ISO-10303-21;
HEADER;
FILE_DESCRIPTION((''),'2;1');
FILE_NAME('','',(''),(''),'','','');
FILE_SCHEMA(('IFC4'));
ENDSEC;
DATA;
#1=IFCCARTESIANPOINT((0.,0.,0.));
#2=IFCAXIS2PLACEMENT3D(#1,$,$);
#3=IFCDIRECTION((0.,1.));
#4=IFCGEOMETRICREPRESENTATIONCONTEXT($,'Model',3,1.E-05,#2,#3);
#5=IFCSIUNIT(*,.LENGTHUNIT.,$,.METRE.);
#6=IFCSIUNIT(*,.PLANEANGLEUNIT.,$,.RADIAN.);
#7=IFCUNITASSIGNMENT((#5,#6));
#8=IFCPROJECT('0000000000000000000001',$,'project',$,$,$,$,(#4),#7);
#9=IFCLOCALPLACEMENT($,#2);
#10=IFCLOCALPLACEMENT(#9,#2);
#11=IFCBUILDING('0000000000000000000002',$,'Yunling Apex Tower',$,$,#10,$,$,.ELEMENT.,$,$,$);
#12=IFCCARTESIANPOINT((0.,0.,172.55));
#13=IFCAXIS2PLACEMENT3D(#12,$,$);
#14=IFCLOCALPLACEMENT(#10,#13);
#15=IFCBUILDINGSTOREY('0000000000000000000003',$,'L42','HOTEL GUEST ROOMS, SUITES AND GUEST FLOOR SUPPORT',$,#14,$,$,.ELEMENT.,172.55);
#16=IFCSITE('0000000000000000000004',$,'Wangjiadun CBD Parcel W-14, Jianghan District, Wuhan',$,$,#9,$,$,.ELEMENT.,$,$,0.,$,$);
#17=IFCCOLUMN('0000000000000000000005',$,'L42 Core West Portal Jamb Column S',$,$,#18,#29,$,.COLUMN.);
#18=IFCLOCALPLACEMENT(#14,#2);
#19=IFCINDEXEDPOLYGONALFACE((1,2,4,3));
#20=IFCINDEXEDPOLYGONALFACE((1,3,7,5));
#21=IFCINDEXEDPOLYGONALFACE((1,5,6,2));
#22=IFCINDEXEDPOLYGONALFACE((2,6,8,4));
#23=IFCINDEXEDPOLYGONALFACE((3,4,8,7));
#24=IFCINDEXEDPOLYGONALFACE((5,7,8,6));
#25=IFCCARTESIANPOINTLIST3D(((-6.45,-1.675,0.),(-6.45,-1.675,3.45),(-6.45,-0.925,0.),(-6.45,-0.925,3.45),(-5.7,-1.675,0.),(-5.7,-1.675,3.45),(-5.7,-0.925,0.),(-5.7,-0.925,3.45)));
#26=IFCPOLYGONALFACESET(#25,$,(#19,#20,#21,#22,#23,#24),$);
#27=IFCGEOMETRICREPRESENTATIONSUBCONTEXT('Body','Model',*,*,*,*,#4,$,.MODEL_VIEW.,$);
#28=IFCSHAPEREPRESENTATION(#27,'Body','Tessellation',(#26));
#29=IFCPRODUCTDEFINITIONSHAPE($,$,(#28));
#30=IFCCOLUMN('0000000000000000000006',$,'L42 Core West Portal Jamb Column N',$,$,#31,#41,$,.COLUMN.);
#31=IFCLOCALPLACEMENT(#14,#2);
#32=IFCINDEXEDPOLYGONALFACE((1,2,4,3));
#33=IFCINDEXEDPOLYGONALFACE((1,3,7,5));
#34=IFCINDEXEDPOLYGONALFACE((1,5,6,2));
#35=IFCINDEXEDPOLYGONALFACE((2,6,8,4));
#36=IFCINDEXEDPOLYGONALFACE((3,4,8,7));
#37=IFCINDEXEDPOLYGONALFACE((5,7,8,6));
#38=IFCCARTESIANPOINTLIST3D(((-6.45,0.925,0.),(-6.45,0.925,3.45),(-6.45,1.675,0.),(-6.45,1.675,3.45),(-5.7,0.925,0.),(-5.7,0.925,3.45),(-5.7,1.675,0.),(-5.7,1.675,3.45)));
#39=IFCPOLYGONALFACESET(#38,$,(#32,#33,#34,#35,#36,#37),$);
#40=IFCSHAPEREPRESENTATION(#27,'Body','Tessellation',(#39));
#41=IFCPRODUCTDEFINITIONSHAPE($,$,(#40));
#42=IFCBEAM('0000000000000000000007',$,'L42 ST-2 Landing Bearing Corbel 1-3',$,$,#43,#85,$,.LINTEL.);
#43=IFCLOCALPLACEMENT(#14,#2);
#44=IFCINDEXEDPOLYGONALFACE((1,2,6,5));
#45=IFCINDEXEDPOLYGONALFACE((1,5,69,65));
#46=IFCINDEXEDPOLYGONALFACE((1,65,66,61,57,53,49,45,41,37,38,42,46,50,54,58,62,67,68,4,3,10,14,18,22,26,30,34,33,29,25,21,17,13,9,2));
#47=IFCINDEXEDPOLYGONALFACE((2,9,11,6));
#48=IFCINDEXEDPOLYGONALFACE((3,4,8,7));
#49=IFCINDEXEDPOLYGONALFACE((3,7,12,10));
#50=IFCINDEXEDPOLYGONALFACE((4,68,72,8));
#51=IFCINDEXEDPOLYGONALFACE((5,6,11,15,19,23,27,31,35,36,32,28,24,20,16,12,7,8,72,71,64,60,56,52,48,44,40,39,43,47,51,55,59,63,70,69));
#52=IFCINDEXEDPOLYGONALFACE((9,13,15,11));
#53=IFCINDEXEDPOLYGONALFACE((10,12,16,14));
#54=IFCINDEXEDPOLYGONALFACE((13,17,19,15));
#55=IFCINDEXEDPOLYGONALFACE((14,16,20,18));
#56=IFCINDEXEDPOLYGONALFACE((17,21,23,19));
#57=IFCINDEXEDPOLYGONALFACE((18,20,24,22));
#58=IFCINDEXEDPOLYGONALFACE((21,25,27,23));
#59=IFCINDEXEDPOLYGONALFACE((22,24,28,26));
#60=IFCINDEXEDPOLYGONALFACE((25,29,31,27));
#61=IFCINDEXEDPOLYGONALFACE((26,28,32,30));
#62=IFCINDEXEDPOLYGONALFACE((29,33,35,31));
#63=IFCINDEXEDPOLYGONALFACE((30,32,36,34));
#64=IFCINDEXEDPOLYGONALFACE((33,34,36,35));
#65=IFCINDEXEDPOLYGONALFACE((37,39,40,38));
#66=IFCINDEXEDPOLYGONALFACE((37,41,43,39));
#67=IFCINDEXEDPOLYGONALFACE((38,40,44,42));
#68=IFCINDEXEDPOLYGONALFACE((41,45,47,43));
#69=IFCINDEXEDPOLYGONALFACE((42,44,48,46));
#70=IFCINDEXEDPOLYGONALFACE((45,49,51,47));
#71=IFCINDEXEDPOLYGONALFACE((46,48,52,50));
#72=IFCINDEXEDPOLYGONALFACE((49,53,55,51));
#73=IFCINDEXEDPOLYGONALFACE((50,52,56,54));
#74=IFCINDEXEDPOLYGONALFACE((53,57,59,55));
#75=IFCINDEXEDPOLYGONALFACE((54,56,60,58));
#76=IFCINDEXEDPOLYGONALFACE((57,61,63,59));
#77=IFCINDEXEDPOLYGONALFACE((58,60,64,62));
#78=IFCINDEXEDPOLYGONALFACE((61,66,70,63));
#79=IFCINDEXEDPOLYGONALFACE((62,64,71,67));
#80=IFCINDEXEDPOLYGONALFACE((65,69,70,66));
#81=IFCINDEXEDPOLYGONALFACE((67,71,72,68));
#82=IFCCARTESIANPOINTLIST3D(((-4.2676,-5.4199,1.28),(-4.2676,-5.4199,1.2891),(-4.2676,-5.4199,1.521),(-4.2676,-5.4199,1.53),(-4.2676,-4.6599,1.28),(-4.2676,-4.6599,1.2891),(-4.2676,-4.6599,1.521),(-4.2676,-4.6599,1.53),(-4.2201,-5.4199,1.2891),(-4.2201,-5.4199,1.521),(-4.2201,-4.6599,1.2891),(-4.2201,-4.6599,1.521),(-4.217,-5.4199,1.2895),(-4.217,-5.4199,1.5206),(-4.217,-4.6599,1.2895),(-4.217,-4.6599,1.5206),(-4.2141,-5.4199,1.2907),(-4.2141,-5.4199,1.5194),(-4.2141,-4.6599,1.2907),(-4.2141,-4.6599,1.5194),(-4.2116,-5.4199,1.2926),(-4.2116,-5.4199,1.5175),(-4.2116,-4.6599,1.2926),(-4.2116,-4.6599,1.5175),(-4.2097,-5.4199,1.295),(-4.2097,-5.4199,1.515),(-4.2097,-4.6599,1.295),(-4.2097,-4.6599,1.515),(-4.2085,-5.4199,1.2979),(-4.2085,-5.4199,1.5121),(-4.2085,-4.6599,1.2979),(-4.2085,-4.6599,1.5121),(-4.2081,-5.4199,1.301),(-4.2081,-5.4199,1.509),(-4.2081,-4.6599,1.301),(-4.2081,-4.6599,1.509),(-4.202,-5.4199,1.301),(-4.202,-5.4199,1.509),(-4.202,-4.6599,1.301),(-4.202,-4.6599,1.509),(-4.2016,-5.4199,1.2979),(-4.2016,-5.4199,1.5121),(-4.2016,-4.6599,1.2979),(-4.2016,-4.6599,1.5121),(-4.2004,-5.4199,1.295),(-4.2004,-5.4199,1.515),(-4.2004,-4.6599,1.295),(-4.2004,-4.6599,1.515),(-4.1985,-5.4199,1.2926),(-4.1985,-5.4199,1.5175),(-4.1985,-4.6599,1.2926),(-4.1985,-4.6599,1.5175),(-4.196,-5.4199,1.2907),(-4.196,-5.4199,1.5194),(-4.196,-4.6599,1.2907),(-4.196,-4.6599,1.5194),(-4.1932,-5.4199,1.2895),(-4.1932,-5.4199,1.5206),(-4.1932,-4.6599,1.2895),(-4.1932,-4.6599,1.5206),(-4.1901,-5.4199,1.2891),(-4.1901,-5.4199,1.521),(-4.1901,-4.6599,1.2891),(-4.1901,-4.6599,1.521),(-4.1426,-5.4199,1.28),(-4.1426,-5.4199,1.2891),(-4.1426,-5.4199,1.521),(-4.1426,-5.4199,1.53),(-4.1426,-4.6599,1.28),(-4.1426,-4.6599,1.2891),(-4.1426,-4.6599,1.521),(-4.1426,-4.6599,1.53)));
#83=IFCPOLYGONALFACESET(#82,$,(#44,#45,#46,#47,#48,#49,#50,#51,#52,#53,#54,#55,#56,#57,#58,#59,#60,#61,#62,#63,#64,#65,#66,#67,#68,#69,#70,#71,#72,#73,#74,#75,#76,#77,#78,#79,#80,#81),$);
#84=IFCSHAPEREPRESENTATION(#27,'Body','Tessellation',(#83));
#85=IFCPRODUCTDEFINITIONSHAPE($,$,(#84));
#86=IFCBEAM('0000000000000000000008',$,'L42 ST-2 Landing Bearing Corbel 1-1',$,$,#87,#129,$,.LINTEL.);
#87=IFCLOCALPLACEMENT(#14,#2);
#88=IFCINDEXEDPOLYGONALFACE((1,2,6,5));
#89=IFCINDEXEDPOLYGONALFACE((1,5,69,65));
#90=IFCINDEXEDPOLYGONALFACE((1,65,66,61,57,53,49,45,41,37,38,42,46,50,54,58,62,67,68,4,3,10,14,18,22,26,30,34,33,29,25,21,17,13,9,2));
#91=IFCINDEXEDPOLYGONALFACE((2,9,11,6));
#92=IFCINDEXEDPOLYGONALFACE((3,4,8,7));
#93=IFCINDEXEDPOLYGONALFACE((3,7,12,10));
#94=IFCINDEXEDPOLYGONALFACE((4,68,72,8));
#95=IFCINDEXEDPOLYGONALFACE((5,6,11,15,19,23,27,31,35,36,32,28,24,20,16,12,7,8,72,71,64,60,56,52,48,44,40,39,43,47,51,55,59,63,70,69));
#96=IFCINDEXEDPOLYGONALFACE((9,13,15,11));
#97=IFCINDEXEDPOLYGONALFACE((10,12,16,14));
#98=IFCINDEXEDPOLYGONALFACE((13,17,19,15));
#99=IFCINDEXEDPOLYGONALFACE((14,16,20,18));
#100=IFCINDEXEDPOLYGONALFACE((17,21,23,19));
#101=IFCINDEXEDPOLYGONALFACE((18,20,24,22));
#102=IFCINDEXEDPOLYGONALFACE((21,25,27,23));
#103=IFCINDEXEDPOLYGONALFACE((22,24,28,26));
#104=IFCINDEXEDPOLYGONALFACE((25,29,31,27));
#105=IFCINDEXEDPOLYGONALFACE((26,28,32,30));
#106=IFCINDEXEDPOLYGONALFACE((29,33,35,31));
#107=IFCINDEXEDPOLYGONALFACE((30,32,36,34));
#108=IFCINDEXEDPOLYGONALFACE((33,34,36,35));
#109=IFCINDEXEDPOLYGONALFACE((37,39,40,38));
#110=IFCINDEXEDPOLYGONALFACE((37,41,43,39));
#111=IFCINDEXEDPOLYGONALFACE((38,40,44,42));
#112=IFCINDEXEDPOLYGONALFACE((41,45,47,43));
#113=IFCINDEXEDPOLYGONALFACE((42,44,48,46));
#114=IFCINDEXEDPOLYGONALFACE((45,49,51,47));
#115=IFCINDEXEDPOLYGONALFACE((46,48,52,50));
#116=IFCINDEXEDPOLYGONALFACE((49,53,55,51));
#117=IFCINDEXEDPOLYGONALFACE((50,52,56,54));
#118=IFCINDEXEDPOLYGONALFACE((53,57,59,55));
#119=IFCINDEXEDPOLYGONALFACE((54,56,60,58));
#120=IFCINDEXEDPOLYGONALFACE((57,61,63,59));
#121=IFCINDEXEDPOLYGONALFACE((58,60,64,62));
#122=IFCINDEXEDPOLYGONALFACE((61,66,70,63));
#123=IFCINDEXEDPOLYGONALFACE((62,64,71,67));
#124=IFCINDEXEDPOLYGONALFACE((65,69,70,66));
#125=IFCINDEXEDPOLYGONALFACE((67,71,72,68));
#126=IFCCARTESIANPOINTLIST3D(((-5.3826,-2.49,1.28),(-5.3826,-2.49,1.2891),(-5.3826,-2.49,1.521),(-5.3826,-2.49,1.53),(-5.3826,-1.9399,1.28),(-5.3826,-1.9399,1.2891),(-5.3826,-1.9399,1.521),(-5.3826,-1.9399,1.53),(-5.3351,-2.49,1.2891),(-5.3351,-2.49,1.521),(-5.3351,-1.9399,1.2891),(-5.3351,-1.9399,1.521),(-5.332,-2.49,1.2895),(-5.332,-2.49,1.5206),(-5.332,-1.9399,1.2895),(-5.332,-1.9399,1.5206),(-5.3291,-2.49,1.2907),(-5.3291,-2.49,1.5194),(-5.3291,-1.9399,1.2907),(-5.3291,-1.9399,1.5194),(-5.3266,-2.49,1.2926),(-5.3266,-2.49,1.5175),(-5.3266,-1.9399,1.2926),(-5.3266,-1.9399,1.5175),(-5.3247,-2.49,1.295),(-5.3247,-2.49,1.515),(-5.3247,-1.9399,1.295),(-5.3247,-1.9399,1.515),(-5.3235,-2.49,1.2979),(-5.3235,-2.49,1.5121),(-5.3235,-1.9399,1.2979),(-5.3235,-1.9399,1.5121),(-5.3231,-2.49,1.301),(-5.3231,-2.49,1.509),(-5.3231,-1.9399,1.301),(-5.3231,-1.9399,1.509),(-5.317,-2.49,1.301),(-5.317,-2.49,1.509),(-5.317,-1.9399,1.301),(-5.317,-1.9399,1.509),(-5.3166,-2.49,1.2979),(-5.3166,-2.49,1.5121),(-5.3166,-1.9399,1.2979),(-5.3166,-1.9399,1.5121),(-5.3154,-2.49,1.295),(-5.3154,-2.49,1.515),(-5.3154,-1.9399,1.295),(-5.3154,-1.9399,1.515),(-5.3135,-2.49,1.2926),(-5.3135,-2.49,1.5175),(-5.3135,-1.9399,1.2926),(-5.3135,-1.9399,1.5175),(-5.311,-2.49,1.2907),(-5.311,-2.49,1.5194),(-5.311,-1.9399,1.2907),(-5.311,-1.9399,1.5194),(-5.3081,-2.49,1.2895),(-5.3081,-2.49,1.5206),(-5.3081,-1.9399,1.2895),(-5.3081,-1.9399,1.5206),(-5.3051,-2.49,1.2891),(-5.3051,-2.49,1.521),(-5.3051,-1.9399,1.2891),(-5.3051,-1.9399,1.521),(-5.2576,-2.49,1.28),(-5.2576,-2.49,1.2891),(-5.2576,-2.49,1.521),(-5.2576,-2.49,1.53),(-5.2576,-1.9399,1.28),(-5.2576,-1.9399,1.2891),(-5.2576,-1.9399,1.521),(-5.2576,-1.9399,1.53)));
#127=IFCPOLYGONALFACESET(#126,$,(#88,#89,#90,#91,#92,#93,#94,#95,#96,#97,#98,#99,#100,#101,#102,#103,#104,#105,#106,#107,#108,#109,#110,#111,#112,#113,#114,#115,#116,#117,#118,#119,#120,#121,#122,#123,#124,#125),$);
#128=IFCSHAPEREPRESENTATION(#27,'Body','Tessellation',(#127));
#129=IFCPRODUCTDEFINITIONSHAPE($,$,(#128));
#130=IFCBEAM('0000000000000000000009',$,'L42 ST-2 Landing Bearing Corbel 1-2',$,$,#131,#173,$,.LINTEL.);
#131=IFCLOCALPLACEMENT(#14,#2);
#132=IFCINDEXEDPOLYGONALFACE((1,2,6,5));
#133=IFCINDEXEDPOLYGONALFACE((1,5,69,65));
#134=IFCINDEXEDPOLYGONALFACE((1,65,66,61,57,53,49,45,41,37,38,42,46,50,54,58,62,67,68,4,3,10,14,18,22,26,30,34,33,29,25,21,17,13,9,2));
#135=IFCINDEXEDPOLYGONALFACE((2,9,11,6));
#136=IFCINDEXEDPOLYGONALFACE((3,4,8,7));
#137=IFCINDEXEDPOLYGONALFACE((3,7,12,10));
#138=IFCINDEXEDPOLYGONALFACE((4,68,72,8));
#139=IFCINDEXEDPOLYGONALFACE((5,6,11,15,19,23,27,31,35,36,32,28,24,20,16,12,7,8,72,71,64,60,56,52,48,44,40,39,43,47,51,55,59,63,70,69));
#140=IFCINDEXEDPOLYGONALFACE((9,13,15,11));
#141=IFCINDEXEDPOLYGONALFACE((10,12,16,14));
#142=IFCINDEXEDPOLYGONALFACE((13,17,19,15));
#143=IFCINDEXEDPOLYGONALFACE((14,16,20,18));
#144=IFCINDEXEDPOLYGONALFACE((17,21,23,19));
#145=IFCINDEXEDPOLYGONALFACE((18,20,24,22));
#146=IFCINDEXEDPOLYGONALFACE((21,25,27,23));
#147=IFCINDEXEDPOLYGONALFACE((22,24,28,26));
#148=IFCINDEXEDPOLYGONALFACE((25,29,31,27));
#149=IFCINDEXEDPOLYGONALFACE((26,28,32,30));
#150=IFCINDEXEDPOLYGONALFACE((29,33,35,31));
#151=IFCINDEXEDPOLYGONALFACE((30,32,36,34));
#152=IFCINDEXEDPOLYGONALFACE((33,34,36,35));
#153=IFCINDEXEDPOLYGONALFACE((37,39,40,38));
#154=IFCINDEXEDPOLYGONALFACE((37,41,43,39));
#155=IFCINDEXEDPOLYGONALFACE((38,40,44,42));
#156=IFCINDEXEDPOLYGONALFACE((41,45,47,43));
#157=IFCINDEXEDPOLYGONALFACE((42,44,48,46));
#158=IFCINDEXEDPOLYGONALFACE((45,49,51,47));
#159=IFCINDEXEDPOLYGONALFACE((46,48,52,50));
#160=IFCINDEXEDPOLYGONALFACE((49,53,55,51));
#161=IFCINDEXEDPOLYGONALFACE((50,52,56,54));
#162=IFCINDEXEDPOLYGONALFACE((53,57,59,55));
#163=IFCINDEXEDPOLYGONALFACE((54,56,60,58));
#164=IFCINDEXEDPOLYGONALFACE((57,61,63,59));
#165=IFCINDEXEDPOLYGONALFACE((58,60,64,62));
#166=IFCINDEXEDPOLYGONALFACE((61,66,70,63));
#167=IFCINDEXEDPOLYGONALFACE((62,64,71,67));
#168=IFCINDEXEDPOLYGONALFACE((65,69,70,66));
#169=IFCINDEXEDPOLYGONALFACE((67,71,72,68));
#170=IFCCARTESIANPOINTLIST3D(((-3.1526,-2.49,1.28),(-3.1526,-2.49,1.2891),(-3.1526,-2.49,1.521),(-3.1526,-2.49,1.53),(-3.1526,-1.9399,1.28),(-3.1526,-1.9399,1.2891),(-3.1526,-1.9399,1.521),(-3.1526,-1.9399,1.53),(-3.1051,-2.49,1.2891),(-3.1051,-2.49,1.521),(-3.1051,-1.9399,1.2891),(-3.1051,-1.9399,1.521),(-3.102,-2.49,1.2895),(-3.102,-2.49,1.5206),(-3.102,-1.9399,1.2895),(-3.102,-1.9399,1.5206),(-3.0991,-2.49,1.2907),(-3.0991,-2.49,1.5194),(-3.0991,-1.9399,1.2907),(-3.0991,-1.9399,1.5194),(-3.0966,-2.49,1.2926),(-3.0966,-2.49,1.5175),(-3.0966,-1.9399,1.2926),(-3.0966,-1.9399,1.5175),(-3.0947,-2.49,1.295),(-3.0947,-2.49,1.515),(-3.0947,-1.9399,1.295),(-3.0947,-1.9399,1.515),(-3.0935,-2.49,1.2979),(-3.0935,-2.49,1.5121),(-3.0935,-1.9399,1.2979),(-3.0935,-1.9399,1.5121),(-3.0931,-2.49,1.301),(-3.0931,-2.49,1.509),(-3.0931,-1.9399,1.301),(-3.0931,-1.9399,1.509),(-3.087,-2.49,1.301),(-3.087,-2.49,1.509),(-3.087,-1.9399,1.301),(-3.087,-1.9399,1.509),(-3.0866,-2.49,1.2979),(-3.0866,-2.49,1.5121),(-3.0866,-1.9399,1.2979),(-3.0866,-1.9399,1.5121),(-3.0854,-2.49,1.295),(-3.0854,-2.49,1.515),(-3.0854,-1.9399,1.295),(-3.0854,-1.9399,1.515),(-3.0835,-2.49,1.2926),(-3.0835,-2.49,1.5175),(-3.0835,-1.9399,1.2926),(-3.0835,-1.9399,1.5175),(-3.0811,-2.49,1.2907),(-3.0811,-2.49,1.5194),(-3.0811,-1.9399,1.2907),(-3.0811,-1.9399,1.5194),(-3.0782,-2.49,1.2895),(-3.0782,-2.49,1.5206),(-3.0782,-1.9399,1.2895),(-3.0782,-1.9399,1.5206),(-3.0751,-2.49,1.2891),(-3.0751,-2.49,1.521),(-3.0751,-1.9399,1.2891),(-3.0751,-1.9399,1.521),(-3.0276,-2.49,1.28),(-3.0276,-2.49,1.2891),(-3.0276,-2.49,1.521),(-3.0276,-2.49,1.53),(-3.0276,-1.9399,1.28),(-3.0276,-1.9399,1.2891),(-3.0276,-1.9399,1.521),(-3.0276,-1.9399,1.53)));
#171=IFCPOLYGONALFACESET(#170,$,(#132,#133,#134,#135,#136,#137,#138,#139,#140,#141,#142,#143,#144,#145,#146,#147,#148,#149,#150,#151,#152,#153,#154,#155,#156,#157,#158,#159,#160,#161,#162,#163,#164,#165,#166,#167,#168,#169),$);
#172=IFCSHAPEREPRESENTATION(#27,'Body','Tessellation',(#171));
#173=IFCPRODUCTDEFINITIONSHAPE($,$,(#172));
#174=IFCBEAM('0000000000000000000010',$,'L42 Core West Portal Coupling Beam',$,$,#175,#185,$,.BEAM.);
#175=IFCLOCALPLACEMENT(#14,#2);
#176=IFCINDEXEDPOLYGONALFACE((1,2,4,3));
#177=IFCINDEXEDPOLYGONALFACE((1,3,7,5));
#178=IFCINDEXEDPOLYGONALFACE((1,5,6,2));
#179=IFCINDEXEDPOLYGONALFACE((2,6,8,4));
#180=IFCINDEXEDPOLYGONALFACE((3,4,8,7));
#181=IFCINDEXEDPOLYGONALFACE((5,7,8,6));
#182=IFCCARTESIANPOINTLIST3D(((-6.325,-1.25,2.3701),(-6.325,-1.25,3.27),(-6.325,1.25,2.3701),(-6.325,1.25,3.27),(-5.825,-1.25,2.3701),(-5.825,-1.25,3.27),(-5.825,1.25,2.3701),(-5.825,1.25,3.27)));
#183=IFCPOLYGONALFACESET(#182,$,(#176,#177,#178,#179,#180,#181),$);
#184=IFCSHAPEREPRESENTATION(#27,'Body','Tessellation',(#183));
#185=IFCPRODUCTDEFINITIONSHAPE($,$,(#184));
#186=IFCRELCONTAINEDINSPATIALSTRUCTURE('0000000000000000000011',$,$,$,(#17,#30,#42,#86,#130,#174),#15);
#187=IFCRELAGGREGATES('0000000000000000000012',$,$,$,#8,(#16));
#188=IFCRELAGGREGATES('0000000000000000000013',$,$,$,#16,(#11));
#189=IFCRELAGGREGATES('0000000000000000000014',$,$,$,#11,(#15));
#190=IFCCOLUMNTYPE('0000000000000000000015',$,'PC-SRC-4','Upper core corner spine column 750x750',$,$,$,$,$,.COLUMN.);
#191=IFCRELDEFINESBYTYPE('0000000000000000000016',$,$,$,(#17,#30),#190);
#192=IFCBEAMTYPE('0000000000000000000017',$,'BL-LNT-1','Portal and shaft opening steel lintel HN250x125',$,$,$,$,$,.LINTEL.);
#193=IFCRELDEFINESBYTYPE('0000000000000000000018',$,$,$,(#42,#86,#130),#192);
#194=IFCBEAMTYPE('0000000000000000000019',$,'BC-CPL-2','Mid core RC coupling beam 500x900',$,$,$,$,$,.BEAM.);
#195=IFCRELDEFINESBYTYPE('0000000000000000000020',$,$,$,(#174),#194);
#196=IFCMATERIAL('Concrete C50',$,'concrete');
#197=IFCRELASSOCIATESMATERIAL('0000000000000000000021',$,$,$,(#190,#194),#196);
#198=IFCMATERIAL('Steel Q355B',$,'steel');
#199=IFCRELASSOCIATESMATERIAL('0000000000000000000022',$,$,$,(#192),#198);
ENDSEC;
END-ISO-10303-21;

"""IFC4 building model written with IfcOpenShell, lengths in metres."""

from ifc_helpers import new_model, si_unit, direction, frame, origin, origin_2d, place, context, subcontext, project, spatial, rectangle, i_section, extrude, source, transform, mapped, material, material_profile, profile_set, type_object, element, save


model = new_model("IFC4")

# Units and contexts
model_context = context("Model", 3, precision=1e-05, world=origin(), true_north=direction((0.0, 1.0)))
body_context = subcontext(model_context, "Body", "Model", "MODEL_VIEW")
ifc_project = project(units=[si_unit("LENGTHUNIT", "METRE"), si_unit("PLANEANGLEUNIT", "RADIAN")], contexts=[model_context])

# Site, building, storey
site_placement = place(None, origin())
site = spatial("IfcSite", under=ifc_project, at=site_placement, Name="Wangjiadun CBD Parcel W-14, Jianghan District, Wuhan", CompositionType="ELEMENT", RefElevation=0.0)
building_placement = place(site_placement, origin())
building = spatial("IfcBuilding", under=site, at=building_placement, Name="Yunling Apex Tower", CompositionType="ELEMENT")
storey_placement = place(building_placement, frame((0.0, 0.0, 172.55)))
storey = spatial("IfcBuildingStorey", under=building, at=storey_placement, Name="L42", Description="HOTEL GUEST ROOMS, SUITES AND GUEST FLOOR SUPPORT", CompositionType="ELEMENT", Elevation=172.55)

# Columns
ifc_material_1 = material(Name="Concrete C50", Category="concrete")
ifc_material_profile_1 = material_profile(ifc_material_1, rectangle(XDim=0.75, YDim=0.75, at=origin_2d()))
ifc_profile_set_1 = profile_set([ifc_material_profile_1], Name="Concrete C50")
column_type = type_object("IfcColumnType", Name="PC-SRC-4", Description="Upper core corner spine column 750x750", PredefinedType="COLUMN", material=ifc_profile_set_1)
shared_shape_1 = source(origin(), body_context, "Body", "SweptSolid", [
    extrude(rectangle(XDim=0.75, YDim=0.75, at=origin_2d()), origin(), (0.0, 0.0, 1.0), 3.45),
])
for number, where, z_axis, x_axis, name in (
    (1, (-6.075, -1.3, 0.0), (0.0, 0.0, 1.0), (1.0, 0.0, 0.0), "L42 Core West Portal Jamb Column S"),
    (2, (-6.075, 1.3, 0.0), (0.0, 0.0, 1.0), (1.0, 0.0, 0.0), "L42 Core West Portal Jamb Column N"),
):
    element("IfcColumn", number, at=place(storey_placement, frame(where, z_axis=z_axis, x_axis=x_axis)), inside=storey, type_object=column_type, Name=name, PredefinedType="COLUMN", context=body_context, shape_type="MappedRepresentation", body=[
        mapped(shared_shape_1, transform((0.0, 0.0, 0.0), scale=1.0)),
    ])

# Beams
ifc_material_2 = material(Name="Steel Q355B", Category="steel")
ifc_material_profile_2 = material_profile(ifc_material_2, i_section(OverallWidth=0.125, OverallDepth=0.25, WebThickness=0.0061, FlangeThickness=0.009, FilletRadius=0.012, at=origin_2d()))
ifc_profile_set_2 = profile_set([ifc_material_profile_2], Name="Steel Q355B")
beam_type_1 = type_object("IfcBeamType", Name="BL-LNT-1", Description="Portal and shaft opening steel lintel HN250x125", PredefinedType="LINTEL", material=ifc_profile_set_2)
shared_shape_2 = source(origin(), body_context, "Body", "SweptSolid", [
    extrude(i_section(OverallWidth=0.125, OverallDepth=0.25, WebThickness=0.0061, FlangeThickness=0.009, FilletRadius=0.012, at=origin_2d()), origin(), (0.0, 0.0, 1.0), 0.76),
])
beam_1_placement = place(storey_placement, frame((-4.2051, -5.4199, 1.405), z_axis=(0.0, 1.0, 0.0), x_axis=(-1.0, 0.0, 0.0)))
element("IfcBeam", 3, at=beam_1_placement, inside=storey, type_object=beam_type_1, Name="L42 ST-2 Landing Bearing Corbel 1-3", PredefinedType="LINTEL", context=body_context, shape_type="MappedRepresentation", body=[
    mapped(shared_shape_2, transform((0.0, 0.0, 0.0), scale=1.0)),
])
shared_shape_3 = source(origin(), body_context, "Body", "SweptSolid", [
    extrude(i_section(OverallWidth=0.125, OverallDepth=0.25, WebThickness=0.0061, FlangeThickness=0.009, FilletRadius=0.012, at=origin_2d()), origin(), (0.0, 0.0, 1.0), 0.55),
])
for number, where, z_axis, x_axis, name in (
    (4, (-5.3201, -1.9399, 1.405), (0.0, -1.0, 0.0), (1.0, 0.0, 0.0), "L42 ST-2 Landing Bearing Corbel 1-1"),
    (5, (-3.0901, -1.9399, 1.405), (0.0, -1.0, 0.0), (1.0, 0.0, 0.0), "L42 ST-2 Landing Bearing Corbel 1-2"),
):
    element("IfcBeam", number, at=place(storey_placement, frame(where, z_axis=z_axis, x_axis=x_axis)), inside=storey, type_object=beam_type_1, Name=name, PredefinedType="LINTEL", context=body_context, shape_type="MappedRepresentation", body=[
        mapped(shared_shape_3, transform((0.0, 0.0, 0.0), scale=1.0)),
    ])
ifc_material_profile_3 = material_profile(ifc_material_1, rectangle(XDim=0.5, YDim=0.8999, at=origin_2d()))
ifc_profile_set_3 = profile_set([ifc_material_profile_3], Name="Concrete C50")
beam_type_2 = type_object("IfcBeamType", Name="BC-CPL-2", Description="Mid core RC coupling beam 500x900", PredefinedType="BEAM", material=ifc_profile_set_3)
shared_shape_4 = source(origin(), body_context, "Body", "SweptSolid", [
    extrude(rectangle(XDim=0.5, YDim=0.8999, at=origin_2d()), origin(), (0.0, 0.0, 1.0), 2.5),
])
beam_2_placement = place(storey_placement, frame((-6.075, -1.25, 2.8201), z_axis=(0.0, 1.0, 0.0), x_axis=(-1.0, 0.0, 0.0)))
element("IfcBeam", 6, at=beam_2_placement, inside=storey, type_object=beam_type_2, Name="L42 Core West Portal Coupling Beam", PredefinedType="BEAM", context=body_context, shape_type="MappedRepresentation", body=[
    mapped(shared_shape_4, transform((0.0, 0.0, 0.0), scale=1.0)),
])

save(model, "model.ifc")
